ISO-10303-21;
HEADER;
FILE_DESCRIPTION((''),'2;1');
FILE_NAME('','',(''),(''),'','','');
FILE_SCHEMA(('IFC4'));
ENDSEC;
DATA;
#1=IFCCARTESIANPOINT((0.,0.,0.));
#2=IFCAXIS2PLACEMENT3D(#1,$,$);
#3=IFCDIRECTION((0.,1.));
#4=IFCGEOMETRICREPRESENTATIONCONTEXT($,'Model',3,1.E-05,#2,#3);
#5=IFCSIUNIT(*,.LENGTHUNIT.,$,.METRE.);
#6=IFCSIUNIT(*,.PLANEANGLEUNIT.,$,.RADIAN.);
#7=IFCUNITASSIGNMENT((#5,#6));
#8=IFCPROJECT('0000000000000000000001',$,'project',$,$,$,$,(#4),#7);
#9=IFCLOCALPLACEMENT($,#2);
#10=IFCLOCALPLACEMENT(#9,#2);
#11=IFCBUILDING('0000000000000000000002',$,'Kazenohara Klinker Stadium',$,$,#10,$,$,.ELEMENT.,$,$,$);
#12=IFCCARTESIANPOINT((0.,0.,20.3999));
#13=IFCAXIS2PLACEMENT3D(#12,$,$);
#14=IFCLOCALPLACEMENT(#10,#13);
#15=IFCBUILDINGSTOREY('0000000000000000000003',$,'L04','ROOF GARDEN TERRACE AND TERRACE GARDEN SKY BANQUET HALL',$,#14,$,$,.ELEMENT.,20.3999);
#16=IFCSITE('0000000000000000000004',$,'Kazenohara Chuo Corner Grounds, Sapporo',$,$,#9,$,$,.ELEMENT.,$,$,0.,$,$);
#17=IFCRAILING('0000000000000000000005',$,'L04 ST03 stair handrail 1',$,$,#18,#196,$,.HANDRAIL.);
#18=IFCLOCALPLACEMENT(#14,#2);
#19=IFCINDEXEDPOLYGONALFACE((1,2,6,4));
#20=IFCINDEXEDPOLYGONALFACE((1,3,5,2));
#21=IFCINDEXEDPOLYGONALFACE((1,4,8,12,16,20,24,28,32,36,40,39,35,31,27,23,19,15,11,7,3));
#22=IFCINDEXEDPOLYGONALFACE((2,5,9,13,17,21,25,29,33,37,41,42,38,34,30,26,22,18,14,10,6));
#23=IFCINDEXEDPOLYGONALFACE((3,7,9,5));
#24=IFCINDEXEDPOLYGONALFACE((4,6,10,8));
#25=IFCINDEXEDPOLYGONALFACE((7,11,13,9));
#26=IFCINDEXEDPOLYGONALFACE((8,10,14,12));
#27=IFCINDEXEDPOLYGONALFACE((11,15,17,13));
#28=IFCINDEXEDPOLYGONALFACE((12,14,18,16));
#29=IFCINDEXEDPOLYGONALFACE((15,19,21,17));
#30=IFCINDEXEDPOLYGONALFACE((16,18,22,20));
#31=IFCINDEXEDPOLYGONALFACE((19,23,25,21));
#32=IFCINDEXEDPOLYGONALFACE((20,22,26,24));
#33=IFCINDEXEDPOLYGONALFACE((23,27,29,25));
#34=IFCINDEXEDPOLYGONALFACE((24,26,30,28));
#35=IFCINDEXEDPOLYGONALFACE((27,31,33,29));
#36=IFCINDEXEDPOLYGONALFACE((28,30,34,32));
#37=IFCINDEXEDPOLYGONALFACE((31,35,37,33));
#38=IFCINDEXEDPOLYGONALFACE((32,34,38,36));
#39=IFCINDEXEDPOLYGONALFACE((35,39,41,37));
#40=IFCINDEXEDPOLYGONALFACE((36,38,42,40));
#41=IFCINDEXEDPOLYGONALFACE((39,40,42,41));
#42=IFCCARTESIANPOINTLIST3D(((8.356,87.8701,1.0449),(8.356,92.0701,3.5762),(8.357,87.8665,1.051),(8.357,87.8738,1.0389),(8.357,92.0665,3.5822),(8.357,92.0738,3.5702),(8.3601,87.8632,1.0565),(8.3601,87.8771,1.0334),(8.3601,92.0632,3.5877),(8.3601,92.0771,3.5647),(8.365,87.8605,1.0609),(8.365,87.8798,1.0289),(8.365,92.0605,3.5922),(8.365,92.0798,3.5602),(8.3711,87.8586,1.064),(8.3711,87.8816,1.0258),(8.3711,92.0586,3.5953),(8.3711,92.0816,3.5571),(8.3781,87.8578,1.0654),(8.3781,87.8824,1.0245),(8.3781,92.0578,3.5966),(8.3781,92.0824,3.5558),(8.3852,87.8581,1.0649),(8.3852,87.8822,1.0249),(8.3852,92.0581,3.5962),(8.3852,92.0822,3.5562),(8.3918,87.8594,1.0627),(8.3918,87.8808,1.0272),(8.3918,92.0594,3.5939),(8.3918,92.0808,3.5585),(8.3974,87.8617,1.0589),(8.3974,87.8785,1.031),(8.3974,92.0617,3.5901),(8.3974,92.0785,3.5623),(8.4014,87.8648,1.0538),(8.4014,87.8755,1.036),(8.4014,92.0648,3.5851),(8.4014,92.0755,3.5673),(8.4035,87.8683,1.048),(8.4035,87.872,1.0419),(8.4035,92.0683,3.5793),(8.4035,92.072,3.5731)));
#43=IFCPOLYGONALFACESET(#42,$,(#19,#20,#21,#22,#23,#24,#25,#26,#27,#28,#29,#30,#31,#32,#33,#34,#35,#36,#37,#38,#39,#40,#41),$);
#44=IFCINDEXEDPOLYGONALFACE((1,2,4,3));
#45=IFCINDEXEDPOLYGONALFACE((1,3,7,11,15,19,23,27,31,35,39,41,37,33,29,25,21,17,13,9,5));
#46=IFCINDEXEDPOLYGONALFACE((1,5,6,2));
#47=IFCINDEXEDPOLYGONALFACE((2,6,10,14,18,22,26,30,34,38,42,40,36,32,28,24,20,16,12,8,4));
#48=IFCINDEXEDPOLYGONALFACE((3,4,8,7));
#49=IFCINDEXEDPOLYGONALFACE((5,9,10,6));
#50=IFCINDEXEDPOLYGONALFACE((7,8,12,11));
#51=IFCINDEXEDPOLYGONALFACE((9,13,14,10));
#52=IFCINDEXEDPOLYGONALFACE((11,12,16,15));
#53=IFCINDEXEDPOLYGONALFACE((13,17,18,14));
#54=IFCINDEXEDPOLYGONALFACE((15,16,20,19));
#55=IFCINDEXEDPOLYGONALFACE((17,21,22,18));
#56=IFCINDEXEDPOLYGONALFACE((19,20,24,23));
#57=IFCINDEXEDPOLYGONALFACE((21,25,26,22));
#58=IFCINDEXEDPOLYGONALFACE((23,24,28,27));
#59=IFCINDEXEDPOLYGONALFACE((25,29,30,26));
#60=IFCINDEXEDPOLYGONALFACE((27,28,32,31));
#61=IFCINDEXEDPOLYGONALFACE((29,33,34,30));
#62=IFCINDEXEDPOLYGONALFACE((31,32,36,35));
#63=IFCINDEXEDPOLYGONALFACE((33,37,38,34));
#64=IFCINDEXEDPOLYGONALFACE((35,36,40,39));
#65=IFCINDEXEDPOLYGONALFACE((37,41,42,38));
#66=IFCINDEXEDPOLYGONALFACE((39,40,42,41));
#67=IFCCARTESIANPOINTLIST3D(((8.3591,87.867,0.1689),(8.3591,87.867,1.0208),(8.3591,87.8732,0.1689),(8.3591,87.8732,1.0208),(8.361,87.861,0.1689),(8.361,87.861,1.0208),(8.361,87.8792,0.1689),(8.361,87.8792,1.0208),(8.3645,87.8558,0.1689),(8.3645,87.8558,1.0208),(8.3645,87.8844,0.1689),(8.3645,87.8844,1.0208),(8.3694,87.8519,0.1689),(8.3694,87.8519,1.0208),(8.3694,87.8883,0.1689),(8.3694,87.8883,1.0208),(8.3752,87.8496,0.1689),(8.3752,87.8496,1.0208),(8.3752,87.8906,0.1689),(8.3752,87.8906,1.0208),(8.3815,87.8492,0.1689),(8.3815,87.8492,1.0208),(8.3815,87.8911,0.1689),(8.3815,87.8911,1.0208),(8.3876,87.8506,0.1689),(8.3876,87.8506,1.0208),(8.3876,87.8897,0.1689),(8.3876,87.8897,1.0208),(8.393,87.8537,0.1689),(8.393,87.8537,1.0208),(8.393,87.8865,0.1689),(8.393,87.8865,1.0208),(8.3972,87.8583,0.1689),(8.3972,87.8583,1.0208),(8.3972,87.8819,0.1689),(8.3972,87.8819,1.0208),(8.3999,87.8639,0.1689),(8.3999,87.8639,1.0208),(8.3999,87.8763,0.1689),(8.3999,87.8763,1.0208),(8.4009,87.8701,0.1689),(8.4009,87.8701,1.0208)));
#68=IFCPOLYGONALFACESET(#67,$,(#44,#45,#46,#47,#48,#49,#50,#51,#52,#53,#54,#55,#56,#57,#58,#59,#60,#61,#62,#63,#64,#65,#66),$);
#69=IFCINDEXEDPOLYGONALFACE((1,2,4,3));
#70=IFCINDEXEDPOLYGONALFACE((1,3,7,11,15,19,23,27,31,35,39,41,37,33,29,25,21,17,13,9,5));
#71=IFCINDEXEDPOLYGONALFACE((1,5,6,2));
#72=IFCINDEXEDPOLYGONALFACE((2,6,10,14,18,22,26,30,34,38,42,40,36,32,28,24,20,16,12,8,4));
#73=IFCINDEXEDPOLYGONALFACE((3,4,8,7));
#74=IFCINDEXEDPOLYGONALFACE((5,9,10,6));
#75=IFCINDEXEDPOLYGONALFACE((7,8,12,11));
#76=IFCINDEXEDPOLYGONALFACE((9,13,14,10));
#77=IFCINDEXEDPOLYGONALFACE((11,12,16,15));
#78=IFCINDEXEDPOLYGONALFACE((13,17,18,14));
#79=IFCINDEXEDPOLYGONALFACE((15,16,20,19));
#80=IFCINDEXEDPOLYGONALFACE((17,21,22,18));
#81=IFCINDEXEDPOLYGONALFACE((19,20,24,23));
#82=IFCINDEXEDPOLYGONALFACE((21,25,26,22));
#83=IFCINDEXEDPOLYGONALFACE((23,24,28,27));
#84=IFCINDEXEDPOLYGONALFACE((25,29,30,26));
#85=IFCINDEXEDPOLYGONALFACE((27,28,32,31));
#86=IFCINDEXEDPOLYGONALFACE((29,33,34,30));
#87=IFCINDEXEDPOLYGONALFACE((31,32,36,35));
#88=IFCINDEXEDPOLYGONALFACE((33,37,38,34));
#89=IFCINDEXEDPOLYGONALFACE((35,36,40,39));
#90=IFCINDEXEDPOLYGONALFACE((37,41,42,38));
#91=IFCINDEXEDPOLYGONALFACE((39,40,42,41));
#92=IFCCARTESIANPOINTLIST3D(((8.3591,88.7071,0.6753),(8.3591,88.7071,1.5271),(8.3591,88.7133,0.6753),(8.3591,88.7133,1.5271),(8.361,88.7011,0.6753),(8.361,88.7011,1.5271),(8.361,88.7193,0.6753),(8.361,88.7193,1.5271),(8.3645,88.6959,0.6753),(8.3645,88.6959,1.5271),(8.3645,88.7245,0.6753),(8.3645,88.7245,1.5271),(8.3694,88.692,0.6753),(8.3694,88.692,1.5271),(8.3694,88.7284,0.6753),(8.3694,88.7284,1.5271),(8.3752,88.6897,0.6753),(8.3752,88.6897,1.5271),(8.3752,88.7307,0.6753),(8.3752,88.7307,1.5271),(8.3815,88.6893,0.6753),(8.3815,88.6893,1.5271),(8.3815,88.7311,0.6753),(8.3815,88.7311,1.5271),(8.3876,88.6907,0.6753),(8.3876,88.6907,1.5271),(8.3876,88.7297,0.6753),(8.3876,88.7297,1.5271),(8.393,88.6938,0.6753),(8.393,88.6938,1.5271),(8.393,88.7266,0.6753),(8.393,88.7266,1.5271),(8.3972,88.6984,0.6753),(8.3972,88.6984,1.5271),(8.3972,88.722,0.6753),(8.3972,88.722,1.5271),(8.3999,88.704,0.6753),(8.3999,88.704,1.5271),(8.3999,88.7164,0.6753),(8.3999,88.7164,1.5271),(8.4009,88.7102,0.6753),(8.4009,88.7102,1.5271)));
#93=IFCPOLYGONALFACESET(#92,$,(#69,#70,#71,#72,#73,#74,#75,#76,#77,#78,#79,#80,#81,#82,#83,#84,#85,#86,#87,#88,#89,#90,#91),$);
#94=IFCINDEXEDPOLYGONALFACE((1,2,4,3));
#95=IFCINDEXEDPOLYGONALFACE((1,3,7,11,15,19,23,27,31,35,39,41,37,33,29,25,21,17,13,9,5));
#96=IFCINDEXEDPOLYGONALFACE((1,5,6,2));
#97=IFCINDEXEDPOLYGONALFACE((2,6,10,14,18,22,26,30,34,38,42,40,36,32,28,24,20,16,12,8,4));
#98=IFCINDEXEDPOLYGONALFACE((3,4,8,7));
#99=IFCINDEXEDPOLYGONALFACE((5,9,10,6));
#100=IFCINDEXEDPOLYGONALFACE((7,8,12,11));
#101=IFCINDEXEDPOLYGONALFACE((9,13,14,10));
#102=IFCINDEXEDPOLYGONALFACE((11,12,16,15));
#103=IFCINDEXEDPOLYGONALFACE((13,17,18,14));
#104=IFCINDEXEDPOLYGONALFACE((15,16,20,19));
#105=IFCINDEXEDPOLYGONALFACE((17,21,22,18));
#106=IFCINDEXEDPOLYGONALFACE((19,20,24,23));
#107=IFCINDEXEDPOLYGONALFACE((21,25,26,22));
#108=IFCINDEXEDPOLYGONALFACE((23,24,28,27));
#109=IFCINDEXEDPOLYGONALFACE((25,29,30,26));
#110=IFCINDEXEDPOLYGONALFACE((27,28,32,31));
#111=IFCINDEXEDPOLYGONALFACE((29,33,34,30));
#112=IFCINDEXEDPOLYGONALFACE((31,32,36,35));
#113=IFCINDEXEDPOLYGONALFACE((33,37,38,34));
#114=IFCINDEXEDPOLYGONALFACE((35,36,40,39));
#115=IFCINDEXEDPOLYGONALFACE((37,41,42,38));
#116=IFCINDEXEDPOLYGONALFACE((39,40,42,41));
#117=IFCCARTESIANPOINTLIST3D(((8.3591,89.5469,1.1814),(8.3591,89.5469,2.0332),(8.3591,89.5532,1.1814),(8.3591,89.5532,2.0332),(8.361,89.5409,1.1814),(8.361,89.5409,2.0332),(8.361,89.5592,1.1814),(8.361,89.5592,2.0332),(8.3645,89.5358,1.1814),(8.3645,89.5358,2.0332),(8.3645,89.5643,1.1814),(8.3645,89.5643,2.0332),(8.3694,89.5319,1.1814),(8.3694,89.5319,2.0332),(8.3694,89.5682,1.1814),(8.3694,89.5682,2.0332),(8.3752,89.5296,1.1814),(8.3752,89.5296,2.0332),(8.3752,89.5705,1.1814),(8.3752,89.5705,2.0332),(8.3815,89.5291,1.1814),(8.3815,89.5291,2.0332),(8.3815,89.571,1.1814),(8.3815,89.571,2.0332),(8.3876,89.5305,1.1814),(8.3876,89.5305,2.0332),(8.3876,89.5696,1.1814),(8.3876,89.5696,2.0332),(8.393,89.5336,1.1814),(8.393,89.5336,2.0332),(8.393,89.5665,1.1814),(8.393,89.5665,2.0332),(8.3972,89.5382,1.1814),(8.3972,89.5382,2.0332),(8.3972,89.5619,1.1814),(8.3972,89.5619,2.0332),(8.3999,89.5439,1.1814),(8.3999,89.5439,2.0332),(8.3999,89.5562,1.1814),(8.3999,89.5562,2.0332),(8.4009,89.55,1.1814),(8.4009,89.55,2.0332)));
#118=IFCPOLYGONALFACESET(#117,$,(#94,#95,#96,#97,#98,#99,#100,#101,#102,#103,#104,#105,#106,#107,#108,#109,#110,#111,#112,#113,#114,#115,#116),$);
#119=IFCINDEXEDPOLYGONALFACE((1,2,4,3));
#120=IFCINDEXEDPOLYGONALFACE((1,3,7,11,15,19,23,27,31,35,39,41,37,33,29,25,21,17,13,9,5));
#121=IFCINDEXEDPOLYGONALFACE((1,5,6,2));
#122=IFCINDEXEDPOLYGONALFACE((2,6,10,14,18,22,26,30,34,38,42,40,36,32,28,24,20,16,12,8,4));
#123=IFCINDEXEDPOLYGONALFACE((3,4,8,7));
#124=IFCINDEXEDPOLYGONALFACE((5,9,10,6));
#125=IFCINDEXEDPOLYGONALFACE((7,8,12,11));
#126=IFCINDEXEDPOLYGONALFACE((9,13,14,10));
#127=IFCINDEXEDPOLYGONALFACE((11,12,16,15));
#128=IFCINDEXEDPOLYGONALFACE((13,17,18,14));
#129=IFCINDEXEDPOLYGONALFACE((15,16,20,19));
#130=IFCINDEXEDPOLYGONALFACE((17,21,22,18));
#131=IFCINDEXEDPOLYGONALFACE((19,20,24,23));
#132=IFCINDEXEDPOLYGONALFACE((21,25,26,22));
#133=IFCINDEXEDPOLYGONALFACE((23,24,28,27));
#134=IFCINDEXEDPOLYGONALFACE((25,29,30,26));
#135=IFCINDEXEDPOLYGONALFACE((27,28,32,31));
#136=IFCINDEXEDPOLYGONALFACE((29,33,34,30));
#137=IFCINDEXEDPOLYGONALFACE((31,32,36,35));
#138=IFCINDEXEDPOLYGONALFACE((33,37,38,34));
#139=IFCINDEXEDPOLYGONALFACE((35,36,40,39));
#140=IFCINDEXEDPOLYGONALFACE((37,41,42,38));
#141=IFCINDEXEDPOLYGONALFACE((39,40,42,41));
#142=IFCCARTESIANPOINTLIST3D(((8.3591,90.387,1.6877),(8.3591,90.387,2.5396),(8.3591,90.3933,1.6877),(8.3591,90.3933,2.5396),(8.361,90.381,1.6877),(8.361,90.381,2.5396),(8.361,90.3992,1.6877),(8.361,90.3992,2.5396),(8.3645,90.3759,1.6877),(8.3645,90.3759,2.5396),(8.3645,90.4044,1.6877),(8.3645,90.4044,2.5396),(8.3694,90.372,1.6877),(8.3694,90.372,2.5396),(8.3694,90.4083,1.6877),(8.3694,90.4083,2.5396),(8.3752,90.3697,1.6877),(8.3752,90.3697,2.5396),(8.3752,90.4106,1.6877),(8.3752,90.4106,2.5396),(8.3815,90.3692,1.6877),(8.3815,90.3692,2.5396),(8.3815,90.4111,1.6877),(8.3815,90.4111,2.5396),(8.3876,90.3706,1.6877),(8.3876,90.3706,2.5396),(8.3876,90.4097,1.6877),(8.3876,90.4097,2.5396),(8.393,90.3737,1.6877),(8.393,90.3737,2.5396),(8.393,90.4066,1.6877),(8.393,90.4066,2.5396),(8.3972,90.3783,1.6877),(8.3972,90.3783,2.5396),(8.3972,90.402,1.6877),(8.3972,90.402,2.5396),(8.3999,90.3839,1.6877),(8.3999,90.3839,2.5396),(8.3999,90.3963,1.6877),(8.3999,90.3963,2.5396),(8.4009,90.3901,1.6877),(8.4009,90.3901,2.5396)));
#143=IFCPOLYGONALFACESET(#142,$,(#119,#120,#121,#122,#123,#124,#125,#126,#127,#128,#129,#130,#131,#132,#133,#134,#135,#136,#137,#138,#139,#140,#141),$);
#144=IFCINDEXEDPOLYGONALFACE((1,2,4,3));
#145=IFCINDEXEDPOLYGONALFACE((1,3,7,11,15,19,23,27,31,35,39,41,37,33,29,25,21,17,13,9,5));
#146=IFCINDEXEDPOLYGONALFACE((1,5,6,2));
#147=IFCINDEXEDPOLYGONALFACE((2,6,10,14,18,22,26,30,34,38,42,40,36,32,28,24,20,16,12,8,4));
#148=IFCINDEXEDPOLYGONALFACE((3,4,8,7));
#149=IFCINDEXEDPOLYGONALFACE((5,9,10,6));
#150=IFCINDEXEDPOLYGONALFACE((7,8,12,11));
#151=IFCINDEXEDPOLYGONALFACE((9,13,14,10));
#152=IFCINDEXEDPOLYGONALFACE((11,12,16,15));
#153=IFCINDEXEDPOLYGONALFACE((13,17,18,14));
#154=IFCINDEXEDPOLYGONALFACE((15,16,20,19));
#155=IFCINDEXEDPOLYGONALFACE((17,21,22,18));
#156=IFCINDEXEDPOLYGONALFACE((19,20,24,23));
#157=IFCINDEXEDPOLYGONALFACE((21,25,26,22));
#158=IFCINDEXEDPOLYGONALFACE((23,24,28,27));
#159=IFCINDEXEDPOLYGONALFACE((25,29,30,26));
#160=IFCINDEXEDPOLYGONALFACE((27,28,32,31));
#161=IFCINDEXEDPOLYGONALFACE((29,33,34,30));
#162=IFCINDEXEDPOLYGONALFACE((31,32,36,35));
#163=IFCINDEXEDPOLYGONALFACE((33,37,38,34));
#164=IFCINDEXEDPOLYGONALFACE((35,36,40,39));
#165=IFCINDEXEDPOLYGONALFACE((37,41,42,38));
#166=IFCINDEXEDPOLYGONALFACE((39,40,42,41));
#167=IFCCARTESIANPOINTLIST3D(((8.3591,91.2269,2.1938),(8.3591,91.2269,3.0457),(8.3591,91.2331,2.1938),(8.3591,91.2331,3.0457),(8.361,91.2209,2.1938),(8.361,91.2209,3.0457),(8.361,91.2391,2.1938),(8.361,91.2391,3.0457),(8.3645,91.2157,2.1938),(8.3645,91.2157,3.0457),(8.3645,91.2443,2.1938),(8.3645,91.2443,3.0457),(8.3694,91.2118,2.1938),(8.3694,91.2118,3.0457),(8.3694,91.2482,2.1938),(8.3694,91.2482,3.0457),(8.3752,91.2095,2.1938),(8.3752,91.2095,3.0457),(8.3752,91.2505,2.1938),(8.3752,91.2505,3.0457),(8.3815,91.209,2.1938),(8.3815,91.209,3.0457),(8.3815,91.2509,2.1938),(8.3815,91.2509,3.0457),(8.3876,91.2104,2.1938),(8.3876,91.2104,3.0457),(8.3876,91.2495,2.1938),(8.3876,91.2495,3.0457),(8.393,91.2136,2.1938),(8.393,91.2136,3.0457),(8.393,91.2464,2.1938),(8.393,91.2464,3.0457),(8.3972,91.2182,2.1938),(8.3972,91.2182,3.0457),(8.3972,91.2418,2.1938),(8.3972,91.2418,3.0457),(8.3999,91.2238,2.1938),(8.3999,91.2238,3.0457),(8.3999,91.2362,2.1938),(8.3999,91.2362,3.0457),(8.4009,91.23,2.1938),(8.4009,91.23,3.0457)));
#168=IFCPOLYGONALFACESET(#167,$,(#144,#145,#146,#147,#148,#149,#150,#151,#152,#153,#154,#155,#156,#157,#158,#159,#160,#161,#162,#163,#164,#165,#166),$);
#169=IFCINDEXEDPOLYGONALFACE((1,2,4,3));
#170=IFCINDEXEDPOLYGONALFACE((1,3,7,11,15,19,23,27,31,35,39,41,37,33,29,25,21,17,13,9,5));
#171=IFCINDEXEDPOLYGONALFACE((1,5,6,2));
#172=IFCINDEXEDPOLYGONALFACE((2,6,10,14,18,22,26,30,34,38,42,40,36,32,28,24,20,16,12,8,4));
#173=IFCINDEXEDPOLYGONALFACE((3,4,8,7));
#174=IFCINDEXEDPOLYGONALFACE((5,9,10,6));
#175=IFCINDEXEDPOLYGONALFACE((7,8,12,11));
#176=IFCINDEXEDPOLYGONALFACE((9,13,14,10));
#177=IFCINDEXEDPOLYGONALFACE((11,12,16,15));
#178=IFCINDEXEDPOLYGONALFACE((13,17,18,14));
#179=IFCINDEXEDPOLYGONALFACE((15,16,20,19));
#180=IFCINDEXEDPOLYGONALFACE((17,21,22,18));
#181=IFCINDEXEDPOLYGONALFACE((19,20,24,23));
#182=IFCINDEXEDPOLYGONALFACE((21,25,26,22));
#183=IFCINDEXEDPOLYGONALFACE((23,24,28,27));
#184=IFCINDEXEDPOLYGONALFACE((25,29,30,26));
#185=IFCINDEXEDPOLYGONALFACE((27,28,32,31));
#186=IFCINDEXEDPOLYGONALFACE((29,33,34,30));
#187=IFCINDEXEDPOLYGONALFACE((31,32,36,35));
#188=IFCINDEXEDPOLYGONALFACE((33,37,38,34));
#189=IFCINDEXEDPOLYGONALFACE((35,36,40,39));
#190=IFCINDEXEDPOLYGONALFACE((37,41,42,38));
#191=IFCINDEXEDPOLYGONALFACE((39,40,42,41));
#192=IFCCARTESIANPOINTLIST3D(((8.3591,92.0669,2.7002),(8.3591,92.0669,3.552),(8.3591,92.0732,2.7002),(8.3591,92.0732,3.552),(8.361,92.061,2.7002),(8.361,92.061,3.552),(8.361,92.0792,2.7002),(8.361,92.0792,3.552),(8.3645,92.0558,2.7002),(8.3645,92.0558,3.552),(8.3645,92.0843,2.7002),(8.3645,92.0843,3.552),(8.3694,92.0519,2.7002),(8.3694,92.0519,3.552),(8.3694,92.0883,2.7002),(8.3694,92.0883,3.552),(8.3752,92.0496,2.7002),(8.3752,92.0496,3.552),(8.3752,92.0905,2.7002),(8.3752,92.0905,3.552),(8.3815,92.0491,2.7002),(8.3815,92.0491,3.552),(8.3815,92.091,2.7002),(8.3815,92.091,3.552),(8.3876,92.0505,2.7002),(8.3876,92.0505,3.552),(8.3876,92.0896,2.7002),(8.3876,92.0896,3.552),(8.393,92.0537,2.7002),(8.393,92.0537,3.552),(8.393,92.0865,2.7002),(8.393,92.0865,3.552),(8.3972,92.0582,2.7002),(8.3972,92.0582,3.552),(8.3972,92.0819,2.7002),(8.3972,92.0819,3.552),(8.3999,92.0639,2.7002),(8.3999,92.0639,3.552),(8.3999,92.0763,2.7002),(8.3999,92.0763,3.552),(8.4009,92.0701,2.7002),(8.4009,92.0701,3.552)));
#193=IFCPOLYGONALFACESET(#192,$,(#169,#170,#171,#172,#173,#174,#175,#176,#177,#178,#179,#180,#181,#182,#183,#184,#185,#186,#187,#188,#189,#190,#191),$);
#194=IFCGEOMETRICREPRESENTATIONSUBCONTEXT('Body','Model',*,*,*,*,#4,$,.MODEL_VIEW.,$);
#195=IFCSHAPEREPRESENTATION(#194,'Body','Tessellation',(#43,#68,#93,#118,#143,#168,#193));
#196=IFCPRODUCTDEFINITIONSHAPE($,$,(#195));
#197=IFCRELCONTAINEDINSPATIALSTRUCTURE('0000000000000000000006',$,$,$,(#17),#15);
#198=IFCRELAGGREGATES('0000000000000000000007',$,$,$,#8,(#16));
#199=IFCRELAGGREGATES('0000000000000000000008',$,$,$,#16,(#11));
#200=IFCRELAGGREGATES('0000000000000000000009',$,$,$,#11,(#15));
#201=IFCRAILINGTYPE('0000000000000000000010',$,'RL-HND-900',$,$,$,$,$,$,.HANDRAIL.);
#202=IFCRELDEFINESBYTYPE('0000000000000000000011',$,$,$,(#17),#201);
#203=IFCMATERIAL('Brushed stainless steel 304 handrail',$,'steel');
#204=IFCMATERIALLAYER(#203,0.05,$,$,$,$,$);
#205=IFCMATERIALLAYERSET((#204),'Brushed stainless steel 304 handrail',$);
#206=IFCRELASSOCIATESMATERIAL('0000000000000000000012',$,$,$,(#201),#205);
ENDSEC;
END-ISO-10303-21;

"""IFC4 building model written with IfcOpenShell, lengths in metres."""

from ifc_helpers import new_model, si_unit, direction, frame, origin, origin_2d, place, context, subcontext, project, spatial, circle, extrude, material, layer, layer_set, type_object, element, save


model = new_model("IFC4")

# Units and contexts
model_context = context("Model", 3, precision=1e-05, world=origin(), true_north=direction((0.0, 1.0)))
body_context = subcontext(model_context, "Body", "Model", "MODEL_VIEW")
ifc_project = project(units=[si_unit("LENGTHUNIT", "METRE"), si_unit("PLANEANGLEUNIT", "RADIAN")], contexts=[model_context])

# Site, building, storey
site_placement = place(None, origin())
site = spatial("IfcSite", under=ifc_project, at=site_placement, Name="Kazenohara Chuo Corner Grounds, Sapporo", CompositionType="ELEMENT", RefElevation=0.0)
building_placement = place(site_placement, origin())
building = spatial("IfcBuilding", under=site, at=building_placement, Name="Kazenohara Klinker Stadium", CompositionType="ELEMENT")
storey_placement = place(building_placement, frame((0.0, 0.0, 20.3999)))
storey = spatial("IfcBuildingStorey", under=building, at=storey_placement, Name="L04", Description="ROOF GARDEN TERRACE AND TERRACE GARDEN SKY BANQUET HALL", CompositionType="ELEMENT", Elevation=20.3999)

# Railing
ifc_material_1 = material(Name="Brushed stainless steel 304 handrail", Category="steel")
ifc_layer_1 = layer(ifc_material_1, 0.05)
ifc_layer_set_1 = layer_set([ifc_layer_1], Name="Brushed stainless steel 304 handrail")
railing_type_1 = type_object("IfcRailingType", Name="RL-HND-900", PredefinedType="HANDRAIL", material=ifc_layer_set_1)
railing_1_placement = place(storey_placement, frame((8.3799, 87.8701, 0.1689)))
element("IfcRailing", 1, at=railing_1_placement, inside=storey, type_object=railing_type_1, Name="L04 ST03 stair handrail 1", PredefinedType="HANDRAIL", context=body_context, shape_type="SweptSolid", body=[
    extrude(circle(Radius=0.0239, at=origin_2d()), frame((0.0, 0.0, 0.876), z_axis=(0.0, 0.856476, 0.516186), x_axis=(-1.0, 0.0, 0.0)), (0.0, 0.0, 1.0), 4.9038),
    extrude(circle(Radius=0.021, at=origin_2d()), origin(), (0.0, 0.0, 1.0), 0.8518),
    extrude(circle(Radius=0.021, at=origin_2d()), frame((0.0, 0.8401, 0.5063)), (0.0, 0.0, 1.0), 0.8518),
    extrude(circle(Radius=0.021, at=origin_2d()), frame((0.0, 1.6799, 1.0125)), (0.0, 0.0, 1.0), 0.8518),
    extrude(circle(Radius=0.021, at=origin_2d()), frame((0.0, 2.52, 1.5188)), (0.0, 0.0, 1.0), 0.8518),
    extrude(circle(Radius=0.021, at=origin_2d()), frame((0.0, 3.3599, 2.0249)), (0.0, 0.0, 1.0), 0.8518),
    extrude(circle(Radius=0.021, at=origin_2d()), frame((0.0, 4.2, 2.5312)), (0.0, 0.0, 1.0), 0.8518),
])

save(model, "model.ifc")
